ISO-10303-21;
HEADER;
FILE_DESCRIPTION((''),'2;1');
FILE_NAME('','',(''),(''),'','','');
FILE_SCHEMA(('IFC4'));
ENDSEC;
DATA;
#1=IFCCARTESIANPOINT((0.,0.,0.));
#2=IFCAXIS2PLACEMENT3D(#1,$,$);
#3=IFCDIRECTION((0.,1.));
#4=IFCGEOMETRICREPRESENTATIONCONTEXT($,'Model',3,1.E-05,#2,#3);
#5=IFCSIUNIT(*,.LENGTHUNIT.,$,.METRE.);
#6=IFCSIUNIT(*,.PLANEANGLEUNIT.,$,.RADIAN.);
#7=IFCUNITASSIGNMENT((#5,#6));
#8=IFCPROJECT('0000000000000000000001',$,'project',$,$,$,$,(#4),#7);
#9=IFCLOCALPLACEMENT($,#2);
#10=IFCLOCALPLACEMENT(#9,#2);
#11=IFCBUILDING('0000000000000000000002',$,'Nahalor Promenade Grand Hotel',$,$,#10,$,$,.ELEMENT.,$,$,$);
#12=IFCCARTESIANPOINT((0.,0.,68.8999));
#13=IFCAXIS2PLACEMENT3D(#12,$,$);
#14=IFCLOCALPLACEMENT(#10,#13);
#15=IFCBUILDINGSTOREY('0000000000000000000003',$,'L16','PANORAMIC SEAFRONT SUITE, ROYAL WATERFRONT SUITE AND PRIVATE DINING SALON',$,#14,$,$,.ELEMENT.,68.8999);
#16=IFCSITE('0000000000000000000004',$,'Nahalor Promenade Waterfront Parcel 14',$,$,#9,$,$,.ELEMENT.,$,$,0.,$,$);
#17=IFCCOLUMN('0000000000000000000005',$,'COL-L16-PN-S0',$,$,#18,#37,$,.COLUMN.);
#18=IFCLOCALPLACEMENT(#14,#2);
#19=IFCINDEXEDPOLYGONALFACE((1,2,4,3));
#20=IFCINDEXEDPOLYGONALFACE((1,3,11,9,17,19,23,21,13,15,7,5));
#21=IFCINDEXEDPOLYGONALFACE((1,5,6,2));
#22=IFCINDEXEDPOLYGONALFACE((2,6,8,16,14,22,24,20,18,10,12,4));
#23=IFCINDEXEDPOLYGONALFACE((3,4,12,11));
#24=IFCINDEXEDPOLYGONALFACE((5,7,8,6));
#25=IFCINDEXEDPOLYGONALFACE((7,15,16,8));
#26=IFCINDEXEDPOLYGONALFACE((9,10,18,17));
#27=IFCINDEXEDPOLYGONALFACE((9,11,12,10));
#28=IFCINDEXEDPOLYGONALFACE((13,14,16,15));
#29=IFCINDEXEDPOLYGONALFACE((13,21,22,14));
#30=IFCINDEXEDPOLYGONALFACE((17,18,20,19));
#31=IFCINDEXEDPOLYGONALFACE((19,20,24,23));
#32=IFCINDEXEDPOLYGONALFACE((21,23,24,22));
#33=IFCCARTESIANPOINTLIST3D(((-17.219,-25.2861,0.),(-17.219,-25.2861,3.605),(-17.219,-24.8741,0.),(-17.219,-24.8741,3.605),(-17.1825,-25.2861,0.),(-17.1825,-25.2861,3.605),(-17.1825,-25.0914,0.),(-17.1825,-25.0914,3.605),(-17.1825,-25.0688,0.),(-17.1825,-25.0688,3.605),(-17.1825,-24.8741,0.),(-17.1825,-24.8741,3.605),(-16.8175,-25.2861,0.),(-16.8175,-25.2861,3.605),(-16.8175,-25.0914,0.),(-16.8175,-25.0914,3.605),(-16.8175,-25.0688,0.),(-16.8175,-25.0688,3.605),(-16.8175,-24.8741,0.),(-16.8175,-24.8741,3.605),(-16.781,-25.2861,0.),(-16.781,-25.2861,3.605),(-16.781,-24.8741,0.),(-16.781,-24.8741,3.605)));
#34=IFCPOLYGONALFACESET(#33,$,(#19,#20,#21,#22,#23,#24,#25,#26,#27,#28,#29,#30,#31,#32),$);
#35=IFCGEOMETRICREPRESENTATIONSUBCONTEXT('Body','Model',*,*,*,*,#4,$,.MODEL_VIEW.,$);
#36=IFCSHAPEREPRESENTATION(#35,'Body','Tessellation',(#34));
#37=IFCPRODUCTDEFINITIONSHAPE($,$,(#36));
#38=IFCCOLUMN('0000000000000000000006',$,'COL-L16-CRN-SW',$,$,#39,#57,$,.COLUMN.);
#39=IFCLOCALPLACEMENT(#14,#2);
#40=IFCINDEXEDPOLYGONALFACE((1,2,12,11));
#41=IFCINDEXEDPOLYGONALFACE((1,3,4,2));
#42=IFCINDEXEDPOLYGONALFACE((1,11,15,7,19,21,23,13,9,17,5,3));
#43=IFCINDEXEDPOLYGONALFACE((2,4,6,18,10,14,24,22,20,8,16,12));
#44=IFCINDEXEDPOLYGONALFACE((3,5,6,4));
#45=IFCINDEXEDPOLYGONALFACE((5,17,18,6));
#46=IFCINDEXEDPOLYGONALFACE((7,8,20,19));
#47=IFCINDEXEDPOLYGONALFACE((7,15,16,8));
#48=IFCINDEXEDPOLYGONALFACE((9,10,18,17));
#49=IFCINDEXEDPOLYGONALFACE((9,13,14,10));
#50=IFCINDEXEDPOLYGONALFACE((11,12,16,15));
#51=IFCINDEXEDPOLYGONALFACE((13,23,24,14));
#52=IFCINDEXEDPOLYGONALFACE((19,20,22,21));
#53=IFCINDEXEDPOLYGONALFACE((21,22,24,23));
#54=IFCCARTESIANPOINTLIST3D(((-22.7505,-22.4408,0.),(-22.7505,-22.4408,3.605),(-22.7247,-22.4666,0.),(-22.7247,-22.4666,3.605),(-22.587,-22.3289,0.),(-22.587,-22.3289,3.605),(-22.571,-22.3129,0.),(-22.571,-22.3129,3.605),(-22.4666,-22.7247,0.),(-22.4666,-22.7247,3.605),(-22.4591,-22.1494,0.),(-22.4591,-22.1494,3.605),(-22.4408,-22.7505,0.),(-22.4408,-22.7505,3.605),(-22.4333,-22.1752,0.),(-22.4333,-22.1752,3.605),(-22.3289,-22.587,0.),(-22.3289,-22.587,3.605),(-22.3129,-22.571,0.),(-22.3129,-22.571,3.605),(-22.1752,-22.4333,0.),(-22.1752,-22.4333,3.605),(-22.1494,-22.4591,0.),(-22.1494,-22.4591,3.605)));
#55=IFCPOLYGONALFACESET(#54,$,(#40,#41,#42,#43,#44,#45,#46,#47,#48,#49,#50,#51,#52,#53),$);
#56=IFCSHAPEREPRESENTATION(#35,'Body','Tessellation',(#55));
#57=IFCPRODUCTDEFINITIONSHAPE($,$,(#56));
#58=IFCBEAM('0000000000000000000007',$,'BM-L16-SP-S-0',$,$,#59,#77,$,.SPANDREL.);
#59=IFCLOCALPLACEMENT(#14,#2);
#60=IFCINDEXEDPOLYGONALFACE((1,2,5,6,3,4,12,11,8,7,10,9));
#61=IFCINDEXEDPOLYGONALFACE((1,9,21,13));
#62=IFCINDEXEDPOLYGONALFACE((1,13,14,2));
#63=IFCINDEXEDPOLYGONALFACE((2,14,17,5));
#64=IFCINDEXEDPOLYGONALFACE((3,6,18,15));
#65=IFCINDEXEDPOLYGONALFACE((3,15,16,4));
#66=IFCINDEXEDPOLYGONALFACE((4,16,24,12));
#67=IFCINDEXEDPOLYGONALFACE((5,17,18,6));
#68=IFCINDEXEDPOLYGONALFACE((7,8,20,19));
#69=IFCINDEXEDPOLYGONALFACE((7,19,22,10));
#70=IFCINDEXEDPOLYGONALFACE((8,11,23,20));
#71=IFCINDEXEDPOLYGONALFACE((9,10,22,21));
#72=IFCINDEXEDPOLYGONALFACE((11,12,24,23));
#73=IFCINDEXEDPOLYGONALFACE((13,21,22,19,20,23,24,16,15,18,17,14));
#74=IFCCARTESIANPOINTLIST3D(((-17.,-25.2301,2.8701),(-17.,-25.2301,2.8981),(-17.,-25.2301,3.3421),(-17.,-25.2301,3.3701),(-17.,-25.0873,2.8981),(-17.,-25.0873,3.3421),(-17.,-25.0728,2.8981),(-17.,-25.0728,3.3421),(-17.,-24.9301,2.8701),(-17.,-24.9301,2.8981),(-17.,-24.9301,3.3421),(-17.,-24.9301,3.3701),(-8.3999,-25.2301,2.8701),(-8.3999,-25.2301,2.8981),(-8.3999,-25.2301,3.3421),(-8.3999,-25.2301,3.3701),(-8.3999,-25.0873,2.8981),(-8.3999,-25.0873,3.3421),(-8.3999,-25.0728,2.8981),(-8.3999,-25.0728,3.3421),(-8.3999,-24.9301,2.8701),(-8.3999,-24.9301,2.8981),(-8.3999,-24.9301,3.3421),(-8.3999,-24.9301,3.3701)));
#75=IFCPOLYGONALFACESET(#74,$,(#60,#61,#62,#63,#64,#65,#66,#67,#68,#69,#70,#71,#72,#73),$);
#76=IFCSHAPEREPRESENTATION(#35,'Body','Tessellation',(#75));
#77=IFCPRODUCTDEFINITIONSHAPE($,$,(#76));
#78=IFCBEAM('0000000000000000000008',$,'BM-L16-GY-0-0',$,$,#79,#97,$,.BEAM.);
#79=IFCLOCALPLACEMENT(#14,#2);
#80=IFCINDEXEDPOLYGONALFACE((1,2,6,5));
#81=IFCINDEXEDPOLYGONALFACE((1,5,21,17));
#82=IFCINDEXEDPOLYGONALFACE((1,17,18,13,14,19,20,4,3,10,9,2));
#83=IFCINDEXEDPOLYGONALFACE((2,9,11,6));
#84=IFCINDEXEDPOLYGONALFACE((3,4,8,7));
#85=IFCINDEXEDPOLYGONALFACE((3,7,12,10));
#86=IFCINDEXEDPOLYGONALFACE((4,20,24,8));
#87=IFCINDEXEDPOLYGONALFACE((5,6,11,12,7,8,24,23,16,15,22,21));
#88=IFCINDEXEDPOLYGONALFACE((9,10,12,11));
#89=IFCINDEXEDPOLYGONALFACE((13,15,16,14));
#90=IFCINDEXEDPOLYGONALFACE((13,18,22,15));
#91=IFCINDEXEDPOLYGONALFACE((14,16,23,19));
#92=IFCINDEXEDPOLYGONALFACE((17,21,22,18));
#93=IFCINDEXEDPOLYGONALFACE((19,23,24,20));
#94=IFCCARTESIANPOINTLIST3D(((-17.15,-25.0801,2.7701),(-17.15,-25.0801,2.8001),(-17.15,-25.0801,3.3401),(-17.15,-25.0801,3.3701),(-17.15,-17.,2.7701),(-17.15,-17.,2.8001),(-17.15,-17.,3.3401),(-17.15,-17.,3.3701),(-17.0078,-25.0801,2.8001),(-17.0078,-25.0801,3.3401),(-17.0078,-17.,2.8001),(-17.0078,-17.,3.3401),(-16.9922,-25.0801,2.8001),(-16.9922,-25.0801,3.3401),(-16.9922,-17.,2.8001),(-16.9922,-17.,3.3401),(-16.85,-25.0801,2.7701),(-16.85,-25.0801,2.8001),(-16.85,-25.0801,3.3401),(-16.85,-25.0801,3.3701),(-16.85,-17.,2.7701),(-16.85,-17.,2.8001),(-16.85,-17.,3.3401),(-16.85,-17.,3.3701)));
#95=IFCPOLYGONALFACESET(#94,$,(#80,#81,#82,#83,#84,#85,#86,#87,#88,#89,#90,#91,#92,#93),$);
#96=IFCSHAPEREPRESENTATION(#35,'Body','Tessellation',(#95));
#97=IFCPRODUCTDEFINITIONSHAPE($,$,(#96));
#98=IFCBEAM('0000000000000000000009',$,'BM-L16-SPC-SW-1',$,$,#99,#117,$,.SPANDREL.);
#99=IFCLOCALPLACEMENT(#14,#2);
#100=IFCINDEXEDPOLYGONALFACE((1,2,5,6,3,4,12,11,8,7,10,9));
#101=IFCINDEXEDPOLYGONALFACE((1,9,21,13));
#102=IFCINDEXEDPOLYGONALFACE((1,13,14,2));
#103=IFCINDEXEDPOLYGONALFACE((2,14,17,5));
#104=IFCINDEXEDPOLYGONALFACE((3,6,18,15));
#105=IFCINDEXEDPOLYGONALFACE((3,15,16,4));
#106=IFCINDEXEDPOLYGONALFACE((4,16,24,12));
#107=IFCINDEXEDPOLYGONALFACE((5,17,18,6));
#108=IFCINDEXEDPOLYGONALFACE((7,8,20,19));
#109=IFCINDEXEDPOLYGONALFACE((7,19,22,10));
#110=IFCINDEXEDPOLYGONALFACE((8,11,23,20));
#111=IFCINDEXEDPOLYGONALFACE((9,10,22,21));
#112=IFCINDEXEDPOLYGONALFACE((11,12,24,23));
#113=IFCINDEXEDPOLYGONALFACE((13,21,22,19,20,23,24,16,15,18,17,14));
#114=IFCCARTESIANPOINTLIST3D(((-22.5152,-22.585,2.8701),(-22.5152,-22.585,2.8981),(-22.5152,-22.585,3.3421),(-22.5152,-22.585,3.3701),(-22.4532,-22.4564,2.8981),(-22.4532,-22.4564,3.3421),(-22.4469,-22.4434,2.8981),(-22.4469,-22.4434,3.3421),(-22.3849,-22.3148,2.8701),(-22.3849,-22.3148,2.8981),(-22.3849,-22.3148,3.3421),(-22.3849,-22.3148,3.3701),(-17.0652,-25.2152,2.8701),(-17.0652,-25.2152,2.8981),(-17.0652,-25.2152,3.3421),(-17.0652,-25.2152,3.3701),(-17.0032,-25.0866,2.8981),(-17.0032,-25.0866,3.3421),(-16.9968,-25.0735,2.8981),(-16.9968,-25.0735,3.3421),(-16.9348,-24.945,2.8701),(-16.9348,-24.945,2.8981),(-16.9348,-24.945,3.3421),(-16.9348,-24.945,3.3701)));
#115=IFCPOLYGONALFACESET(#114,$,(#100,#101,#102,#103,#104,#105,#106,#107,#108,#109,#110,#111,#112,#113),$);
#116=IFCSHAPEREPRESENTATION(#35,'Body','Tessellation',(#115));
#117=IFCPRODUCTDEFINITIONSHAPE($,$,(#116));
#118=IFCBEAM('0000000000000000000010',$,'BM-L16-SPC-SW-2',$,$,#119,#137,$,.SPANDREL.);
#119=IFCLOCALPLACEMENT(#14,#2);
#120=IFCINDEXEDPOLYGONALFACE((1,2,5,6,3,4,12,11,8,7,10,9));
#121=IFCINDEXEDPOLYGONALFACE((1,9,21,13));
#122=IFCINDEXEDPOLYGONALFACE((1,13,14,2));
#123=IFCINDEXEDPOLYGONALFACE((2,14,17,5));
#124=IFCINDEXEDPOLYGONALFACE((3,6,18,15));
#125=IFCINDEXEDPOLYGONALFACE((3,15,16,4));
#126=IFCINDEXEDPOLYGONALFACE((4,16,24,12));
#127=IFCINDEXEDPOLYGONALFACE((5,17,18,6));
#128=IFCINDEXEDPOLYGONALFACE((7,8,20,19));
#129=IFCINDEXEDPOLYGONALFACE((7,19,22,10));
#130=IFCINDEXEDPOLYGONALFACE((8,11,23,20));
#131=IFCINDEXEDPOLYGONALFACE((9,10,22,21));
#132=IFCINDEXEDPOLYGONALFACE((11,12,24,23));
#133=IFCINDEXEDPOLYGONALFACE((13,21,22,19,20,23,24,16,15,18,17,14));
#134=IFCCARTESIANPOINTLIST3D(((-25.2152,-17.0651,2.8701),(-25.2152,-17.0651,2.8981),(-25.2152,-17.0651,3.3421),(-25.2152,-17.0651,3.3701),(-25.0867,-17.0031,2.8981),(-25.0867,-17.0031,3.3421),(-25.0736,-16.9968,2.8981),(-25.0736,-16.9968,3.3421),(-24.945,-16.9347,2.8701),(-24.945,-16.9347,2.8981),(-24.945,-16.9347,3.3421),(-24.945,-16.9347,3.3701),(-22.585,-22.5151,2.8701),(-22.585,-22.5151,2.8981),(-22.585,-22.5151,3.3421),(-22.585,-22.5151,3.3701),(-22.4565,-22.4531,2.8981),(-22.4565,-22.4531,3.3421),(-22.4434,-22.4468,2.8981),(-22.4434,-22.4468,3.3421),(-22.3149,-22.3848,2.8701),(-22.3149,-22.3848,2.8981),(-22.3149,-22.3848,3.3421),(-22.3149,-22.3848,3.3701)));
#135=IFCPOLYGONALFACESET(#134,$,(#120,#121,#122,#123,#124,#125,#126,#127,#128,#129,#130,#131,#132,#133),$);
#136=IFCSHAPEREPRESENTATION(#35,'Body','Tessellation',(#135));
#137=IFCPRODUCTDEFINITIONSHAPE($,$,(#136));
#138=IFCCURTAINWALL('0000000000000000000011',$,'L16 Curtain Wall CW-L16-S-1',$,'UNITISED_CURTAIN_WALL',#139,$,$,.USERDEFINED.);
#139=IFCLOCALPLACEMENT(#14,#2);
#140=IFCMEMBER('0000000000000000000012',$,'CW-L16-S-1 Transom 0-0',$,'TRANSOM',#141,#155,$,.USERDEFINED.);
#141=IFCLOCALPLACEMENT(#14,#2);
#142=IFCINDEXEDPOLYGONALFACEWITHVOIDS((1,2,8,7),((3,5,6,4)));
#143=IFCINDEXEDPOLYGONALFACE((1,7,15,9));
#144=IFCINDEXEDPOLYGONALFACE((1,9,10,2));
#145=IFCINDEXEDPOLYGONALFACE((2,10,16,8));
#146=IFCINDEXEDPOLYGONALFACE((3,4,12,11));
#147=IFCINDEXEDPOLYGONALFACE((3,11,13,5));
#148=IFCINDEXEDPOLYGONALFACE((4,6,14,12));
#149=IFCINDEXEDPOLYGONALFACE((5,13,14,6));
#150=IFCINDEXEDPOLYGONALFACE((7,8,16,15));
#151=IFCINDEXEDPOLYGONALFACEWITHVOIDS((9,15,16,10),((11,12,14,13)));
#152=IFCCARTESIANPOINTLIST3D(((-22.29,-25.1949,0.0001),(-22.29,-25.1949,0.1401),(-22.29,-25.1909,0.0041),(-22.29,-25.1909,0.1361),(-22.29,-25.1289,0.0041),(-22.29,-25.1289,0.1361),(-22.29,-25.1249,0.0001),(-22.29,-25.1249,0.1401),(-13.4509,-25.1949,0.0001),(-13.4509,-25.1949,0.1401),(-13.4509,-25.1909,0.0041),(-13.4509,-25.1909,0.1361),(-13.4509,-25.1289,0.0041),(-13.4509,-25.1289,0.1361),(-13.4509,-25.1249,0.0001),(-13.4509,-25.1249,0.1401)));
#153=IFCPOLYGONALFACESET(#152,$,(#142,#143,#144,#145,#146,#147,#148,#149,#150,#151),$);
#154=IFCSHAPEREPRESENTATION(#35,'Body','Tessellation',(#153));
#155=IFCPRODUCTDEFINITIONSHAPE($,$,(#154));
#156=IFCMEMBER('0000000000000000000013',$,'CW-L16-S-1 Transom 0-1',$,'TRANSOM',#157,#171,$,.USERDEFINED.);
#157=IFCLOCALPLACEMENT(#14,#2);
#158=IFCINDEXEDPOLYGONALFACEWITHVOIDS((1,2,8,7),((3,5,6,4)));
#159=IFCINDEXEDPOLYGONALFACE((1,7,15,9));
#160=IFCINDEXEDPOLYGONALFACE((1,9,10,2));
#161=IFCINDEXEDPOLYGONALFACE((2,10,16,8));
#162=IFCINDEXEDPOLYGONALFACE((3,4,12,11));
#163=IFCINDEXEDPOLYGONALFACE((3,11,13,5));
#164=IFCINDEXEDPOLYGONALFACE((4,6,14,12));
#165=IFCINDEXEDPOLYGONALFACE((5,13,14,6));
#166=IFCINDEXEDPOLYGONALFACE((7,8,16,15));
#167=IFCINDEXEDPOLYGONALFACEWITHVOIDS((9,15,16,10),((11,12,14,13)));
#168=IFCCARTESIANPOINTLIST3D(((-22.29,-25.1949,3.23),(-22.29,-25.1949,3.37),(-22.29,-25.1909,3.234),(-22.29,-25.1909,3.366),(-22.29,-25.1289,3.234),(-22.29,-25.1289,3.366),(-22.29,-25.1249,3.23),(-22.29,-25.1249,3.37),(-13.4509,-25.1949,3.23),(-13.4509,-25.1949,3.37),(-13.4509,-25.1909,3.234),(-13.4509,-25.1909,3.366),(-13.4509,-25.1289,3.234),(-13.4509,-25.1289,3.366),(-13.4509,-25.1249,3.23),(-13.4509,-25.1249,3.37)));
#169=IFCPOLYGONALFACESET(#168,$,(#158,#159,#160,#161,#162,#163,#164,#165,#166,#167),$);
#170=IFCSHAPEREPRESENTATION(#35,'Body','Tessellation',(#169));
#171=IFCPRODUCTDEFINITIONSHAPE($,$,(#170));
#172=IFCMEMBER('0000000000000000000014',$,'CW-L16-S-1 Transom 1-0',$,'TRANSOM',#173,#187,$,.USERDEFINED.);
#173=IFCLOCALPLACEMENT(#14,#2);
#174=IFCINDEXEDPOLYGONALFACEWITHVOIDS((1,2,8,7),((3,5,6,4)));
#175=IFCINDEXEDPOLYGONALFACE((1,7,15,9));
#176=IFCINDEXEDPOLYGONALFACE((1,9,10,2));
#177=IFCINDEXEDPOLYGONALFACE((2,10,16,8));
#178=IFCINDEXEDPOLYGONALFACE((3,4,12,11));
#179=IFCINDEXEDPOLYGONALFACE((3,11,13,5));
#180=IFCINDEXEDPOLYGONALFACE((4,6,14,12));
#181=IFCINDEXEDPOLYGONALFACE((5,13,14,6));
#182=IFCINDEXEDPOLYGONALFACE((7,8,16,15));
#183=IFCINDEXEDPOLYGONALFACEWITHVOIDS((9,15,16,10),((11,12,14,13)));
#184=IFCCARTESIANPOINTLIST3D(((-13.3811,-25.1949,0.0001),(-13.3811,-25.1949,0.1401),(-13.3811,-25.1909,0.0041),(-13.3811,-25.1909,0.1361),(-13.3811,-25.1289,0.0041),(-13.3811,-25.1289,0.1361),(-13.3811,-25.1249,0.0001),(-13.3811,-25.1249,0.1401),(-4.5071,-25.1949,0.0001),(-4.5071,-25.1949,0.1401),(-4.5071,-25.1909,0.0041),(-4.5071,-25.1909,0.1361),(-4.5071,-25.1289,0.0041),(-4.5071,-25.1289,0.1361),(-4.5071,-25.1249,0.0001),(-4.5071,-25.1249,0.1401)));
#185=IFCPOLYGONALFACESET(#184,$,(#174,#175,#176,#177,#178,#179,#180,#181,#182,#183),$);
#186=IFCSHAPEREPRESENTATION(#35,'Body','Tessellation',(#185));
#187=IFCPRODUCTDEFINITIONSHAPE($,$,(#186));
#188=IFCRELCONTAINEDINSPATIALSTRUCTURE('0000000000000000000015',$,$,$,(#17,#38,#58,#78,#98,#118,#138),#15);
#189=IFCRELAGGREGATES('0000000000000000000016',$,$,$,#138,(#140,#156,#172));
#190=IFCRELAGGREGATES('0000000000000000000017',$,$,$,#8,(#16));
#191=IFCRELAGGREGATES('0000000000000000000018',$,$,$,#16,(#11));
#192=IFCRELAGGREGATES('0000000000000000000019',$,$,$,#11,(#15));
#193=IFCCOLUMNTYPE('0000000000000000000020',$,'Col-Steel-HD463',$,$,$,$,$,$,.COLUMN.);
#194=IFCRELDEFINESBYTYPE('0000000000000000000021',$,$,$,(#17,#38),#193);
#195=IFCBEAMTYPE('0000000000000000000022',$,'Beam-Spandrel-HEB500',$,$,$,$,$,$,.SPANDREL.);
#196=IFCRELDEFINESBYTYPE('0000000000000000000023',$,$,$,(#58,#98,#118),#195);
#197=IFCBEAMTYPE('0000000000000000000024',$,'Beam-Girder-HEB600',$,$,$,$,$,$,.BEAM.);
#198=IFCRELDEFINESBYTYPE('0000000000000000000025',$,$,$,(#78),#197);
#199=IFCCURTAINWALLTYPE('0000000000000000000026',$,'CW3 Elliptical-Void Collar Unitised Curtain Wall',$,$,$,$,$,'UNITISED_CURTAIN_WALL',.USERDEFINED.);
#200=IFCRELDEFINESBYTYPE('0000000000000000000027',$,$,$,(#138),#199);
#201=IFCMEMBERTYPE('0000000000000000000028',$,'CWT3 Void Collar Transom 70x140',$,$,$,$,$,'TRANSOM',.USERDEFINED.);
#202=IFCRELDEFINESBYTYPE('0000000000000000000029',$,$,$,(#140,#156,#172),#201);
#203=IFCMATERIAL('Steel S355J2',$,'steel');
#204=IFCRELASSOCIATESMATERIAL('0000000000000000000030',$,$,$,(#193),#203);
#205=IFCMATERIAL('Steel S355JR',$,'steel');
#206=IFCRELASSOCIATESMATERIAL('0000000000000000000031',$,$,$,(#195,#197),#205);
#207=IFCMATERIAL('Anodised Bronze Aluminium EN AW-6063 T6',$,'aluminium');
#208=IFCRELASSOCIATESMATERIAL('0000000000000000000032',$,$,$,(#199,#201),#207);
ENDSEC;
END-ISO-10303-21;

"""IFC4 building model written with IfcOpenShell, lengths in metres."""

from ifc_helpers import new_model, si_unit, direction, frame, origin, origin_2d, place, context, subcontext, project, spatial, hollow_rectangle, i_section, extrude, source, transform, mapped, material, material_profile, profile_set, type_object, element, aggregate, save


model = new_model("IFC4")

# Units and contexts
model_context = context("Model", 3, precision=1e-05, world=origin(), true_north=direction((0.0, 1.0)))
body_context = subcontext(model_context, "Body", "Model", "MODEL_VIEW")
ifc_project = project(units=[si_unit("LENGTHUNIT", "METRE"), si_unit("PLANEANGLEUNIT", "RADIAN")], contexts=[model_context])

# Site, building, storey
site_placement = place(None, origin())
site = spatial("IfcSite", under=ifc_project, at=site_placement, Name="Nahalor Promenade Waterfront Parcel 14", CompositionType="ELEMENT", RefElevation=0.0)
building_placement = place(site_placement, origin())
building = spatial("IfcBuilding", under=site, at=building_placement, Name="Nahalor Promenade Grand Hotel", CompositionType="ELEMENT")
storey_placement = place(building_placement, frame((0.0, 0.0, 68.8999)))
storey = spatial("IfcBuildingStorey", under=building, at=storey_placement, Name="L16", Description="PANORAMIC SEAFRONT SUITE, ROYAL WATERFRONT SUITE AND PRIVATE DINING SALON", CompositionType="ELEMENT", Elevation=68.8999)

# Columns
ifc_material_1 = material(Name="Steel S355J2", Category="steel")
ifc_material_profile_1 = material_profile(ifc_material_1, i_section(OverallWidth=0.412, OverallDepth=0.438, WebThickness=0.0226, FlangeThickness=0.0365, at=origin_2d()), Name="HD 400x463")
ifc_profile_set_1 = profile_set([ifc_material_profile_1], Name="Steel S355J2")
column_type = type_object("IfcColumnType", Name="Col-Steel-HD463", PredefinedType="COLUMN", material=ifc_profile_set_1)
shared_shape_1 = source(origin(), body_context, "Body", "SweptSolid", [
    extrude(i_section(OverallWidth=0.412, OverallDepth=0.438, WebThickness=0.0226, FlangeThickness=0.0365, at=origin_2d()), origin(), (0.0, 0.0, 1.0), 3.605),
])
for number, where, z_axis, x_axis, name in (
    (1, (-17.0, -25.0801, 0.0), (0.0, 0.0, 1.0), (0.0, 1.0, 0.0), "COL-L16-PN-S0"),
    (2, (-22.45, -22.45, 0.0), (0.0, 0.0, 1.0), (0.707107, 0.707107, 0.0), "COL-L16-CRN-SW"),
):
    element("IfcColumn", number, at=place(storey_placement, frame(where, z_axis=z_axis, x_axis=x_axis)), inside=storey, type_object=column_type, Name=name, PredefinedType="COLUMN", context=body_context, shape_type="MappedRepresentation", body=[
        mapped(shared_shape_1, transform((0.0, 0.0, 0.0), scale=1.0)),
    ])

# Beams
ifc_material_2 = material(Name="Steel S355JR", Category="steel")
ifc_material_profile_2 = material_profile(ifc_material_2, i_section(OverallWidth=0.3, OverallDepth=0.5, WebThickness=0.0145, FlangeThickness=0.028, at=origin_2d()), Name="HEB 500")
ifc_profile_set_2 = profile_set([ifc_material_profile_2], Name="Steel S355JR")
beam_type_1 = type_object("IfcBeamType", Name="Beam-Spandrel-HEB500", PredefinedType="SPANDREL", material=ifc_profile_set_2)
shared_shape_2 = source(origin(), body_context, "Body", "SweptSolid", [
    extrude(i_section(OverallWidth=0.3, OverallDepth=0.5, WebThickness=0.0145, FlangeThickness=0.028, at=origin_2d()), origin(), (0.0, 0.0, 1.0), 8.6001),
])
beam_1_placement = place(storey_placement, frame((-17.0, -25.0801, 3.1201), z_axis=(1.0, 0.0, 0.0), x_axis=(0.0, 1.0, 0.0)))
element("IfcBeam", 3, at=beam_1_placement, inside=storey, type_object=beam_type_1, Name="BM-L16-SP-S-0", PredefinedType="SPANDREL", context=body_context, shape_type="MappedRepresentation", body=[
    mapped(shared_shape_2, transform((0.0, 0.0, 0.0), scale=1.0)),
])
ifc_material_profile_3 = material_profile(ifc_material_2, i_section(OverallWidth=0.3, OverallDepth=0.6, WebThickness=0.0155, FlangeThickness=0.03, at=origin_2d()), Name="HEB 600")
ifc_profile_set_3 = profile_set([ifc_material_profile_3], Name="Steel S355JR")
beam_type_2 = type_object("IfcBeamType", Name="Beam-Girder-HEB600", PredefinedType="BEAM", material=ifc_profile_set_3)
shared_shape_3 = source(origin(), body_context, "Body", "SweptSolid", [
    extrude(i_section(OverallWidth=0.3, OverallDepth=0.6, WebThickness=0.0155, FlangeThickness=0.03, at=origin_2d()), origin(), (0.0, 0.0, 1.0), 8.0801),
])
beam_2_placement = place(storey_placement, frame((-17.0, -25.0801, 3.0701), z_axis=(0.0, 1.0, 0.0), x_axis=(-1.0, 0.0, 0.0)))
element("IfcBeam", 4, at=beam_2_placement, inside=storey, type_object=beam_type_2, Name="BM-L16-GY-0-0", PredefinedType="BEAM", context=body_context, shape_type="MappedRepresentation", body=[
    mapped(shared_shape_3, transform((0.0, 0.0, 0.0), scale=1.0)),
])
shared_shape_4 = source(origin(), body_context, "Body", "SweptSolid", [
    extrude(i_section(OverallWidth=0.3, OverallDepth=0.5, WebThickness=0.0145, FlangeThickness=0.028, at=origin_2d()), origin(), (0.0, 0.0, 1.0), 6.0515),
])
for number, where, z_axis, x_axis, name in (
    (5, (-17.0, -25.0801, 3.1201), (-0.900609, 0.434631, 0.0), (-0.434631, -0.900609, 0.0), "BM-L16-SPC-SW-1"),
    (6, (-22.45, -22.45, 3.1201), (-0.434631, 0.900609, 0.0), (-0.900609, -0.434631, 0.0), "BM-L16-SPC-SW-2"),
):
    element("IfcBeam", number, at=place(storey_placement, frame(where, z_axis=z_axis, x_axis=x_axis)), inside=storey, type_object=beam_type_1, Name=name, PredefinedType="SPANDREL", context=body_context, shape_type="MappedRepresentation", body=[
        mapped(shared_shape_4, transform((0.0, 0.0, 0.0), scale=1.0)),
    ])

# Curtain wall, members
ifc_material_3 = material(Name="Anodised Bronze Aluminium EN AW-6063 T6", Category="aluminium")
curtain_wall_type = type_object("IfcCurtainWallType", Name="CW3 Elliptical-Void Collar Unitised Curtain Wall", ElementType="UNITISED_CURTAIN_WALL", PredefinedType="USERDEFINED", material=ifc_material_3)
curtain_wall_1_placement = place(storey_placement, origin())
curtain_wall_1 = element("IfcCurtainWall", 7, at=curtain_wall_1_placement, inside=storey, type_object=curtain_wall_type, Name="L16 Curtain Wall CW-L16-S-1", ObjectType="UNITISED_CURTAIN_WALL", PredefinedType="USERDEFINED")
ifc_material_profile_4 = material_profile(ifc_material_3, hollow_rectangle(XDim=0.07, YDim=0.14, WallThickness=0.004, at=origin_2d()), Name="CWT 70x140x4")
ifc_profile_set_4 = profile_set([ifc_material_profile_4], Name="Anodised Bronze Aluminium EN AW-6063 T6")
member_type_1 = type_object("IfcMemberType", Name="CWT3 Void Collar Transom 70x140", ElementType="TRANSOM", PredefinedType="USERDEFINED", material=ifc_profile_set_4)
shared_shape_5 = source(origin(), body_context, "Body", "SweptSolid", [
    extrude(hollow_rectangle(XDim=0.07, YDim=0.14, WallThickness=0.004, at=origin_2d()), origin(), (0.0, 0.0, 1.0), 8.8391),
])
member_1_placement = place(storey_placement, frame((-22.29, -25.1599, 0.0701), z_axis=(1.0, 0.0, 0.0), x_axis=(0.0, 1.0, 0.0)))
member_1 = element("IfcMember", 8, at=member_1_placement, type_object=member_type_1, Name="CW-L16-S-1 Transom 0-0", ObjectType="TRANSOM", PredefinedType="USERDEFINED", context=body_context, shape_type="MappedRepresentation", body=[
    mapped(shared_shape_5, transform((0.0, 0.0, 0.0), scale=1.0)),
])
member_2_placement = place(storey_placement, frame((-22.29, -25.1599, 3.3), z_axis=(1.0, 0.0, 0.0), x_axis=(0.0, 1.0, 0.0)))
member_2 = element("IfcMember", 9, at=member_2_placement, type_object=member_type_1, Name="CW-L16-S-1 Transom 0-1", ObjectType="TRANSOM", PredefinedType="USERDEFINED", context=body_context, shape_type="MappedRepresentation", body=[
    mapped(shared_shape_5, transform((0.0, 0.0, 0.0), scale=1.0)),
])
shared_shape_6 = source(origin(), body_context, "Body", "SweptSolid", [
    extrude(hollow_rectangle(XDim=0.07, YDim=0.14, WallThickness=0.004, at=origin_2d()), origin(), (0.0, 0.0, 1.0), 8.874),
])
member_3_placement = place(storey_placement, frame((-13.3811, -25.1599, 0.0701), z_axis=(1.0, 0.0, 0.0), x_axis=(0.0, 1.0, 0.0)))
member_3 = element("IfcMember", 10, at=member_3_placement, type_object=member_type_1, Name="CW-L16-S-1 Transom 1-0", ObjectType="TRANSOM", PredefinedType="USERDEFINED", context=body_context, shape_type="MappedRepresentation", body=[
    mapped(shared_shape_6, transform((0.0, 0.0, 0.0), scale=1.0)),
])

aggregate(curtain_wall_1, [member_1, member_2, member_3])

save(model, "model.ifc")
